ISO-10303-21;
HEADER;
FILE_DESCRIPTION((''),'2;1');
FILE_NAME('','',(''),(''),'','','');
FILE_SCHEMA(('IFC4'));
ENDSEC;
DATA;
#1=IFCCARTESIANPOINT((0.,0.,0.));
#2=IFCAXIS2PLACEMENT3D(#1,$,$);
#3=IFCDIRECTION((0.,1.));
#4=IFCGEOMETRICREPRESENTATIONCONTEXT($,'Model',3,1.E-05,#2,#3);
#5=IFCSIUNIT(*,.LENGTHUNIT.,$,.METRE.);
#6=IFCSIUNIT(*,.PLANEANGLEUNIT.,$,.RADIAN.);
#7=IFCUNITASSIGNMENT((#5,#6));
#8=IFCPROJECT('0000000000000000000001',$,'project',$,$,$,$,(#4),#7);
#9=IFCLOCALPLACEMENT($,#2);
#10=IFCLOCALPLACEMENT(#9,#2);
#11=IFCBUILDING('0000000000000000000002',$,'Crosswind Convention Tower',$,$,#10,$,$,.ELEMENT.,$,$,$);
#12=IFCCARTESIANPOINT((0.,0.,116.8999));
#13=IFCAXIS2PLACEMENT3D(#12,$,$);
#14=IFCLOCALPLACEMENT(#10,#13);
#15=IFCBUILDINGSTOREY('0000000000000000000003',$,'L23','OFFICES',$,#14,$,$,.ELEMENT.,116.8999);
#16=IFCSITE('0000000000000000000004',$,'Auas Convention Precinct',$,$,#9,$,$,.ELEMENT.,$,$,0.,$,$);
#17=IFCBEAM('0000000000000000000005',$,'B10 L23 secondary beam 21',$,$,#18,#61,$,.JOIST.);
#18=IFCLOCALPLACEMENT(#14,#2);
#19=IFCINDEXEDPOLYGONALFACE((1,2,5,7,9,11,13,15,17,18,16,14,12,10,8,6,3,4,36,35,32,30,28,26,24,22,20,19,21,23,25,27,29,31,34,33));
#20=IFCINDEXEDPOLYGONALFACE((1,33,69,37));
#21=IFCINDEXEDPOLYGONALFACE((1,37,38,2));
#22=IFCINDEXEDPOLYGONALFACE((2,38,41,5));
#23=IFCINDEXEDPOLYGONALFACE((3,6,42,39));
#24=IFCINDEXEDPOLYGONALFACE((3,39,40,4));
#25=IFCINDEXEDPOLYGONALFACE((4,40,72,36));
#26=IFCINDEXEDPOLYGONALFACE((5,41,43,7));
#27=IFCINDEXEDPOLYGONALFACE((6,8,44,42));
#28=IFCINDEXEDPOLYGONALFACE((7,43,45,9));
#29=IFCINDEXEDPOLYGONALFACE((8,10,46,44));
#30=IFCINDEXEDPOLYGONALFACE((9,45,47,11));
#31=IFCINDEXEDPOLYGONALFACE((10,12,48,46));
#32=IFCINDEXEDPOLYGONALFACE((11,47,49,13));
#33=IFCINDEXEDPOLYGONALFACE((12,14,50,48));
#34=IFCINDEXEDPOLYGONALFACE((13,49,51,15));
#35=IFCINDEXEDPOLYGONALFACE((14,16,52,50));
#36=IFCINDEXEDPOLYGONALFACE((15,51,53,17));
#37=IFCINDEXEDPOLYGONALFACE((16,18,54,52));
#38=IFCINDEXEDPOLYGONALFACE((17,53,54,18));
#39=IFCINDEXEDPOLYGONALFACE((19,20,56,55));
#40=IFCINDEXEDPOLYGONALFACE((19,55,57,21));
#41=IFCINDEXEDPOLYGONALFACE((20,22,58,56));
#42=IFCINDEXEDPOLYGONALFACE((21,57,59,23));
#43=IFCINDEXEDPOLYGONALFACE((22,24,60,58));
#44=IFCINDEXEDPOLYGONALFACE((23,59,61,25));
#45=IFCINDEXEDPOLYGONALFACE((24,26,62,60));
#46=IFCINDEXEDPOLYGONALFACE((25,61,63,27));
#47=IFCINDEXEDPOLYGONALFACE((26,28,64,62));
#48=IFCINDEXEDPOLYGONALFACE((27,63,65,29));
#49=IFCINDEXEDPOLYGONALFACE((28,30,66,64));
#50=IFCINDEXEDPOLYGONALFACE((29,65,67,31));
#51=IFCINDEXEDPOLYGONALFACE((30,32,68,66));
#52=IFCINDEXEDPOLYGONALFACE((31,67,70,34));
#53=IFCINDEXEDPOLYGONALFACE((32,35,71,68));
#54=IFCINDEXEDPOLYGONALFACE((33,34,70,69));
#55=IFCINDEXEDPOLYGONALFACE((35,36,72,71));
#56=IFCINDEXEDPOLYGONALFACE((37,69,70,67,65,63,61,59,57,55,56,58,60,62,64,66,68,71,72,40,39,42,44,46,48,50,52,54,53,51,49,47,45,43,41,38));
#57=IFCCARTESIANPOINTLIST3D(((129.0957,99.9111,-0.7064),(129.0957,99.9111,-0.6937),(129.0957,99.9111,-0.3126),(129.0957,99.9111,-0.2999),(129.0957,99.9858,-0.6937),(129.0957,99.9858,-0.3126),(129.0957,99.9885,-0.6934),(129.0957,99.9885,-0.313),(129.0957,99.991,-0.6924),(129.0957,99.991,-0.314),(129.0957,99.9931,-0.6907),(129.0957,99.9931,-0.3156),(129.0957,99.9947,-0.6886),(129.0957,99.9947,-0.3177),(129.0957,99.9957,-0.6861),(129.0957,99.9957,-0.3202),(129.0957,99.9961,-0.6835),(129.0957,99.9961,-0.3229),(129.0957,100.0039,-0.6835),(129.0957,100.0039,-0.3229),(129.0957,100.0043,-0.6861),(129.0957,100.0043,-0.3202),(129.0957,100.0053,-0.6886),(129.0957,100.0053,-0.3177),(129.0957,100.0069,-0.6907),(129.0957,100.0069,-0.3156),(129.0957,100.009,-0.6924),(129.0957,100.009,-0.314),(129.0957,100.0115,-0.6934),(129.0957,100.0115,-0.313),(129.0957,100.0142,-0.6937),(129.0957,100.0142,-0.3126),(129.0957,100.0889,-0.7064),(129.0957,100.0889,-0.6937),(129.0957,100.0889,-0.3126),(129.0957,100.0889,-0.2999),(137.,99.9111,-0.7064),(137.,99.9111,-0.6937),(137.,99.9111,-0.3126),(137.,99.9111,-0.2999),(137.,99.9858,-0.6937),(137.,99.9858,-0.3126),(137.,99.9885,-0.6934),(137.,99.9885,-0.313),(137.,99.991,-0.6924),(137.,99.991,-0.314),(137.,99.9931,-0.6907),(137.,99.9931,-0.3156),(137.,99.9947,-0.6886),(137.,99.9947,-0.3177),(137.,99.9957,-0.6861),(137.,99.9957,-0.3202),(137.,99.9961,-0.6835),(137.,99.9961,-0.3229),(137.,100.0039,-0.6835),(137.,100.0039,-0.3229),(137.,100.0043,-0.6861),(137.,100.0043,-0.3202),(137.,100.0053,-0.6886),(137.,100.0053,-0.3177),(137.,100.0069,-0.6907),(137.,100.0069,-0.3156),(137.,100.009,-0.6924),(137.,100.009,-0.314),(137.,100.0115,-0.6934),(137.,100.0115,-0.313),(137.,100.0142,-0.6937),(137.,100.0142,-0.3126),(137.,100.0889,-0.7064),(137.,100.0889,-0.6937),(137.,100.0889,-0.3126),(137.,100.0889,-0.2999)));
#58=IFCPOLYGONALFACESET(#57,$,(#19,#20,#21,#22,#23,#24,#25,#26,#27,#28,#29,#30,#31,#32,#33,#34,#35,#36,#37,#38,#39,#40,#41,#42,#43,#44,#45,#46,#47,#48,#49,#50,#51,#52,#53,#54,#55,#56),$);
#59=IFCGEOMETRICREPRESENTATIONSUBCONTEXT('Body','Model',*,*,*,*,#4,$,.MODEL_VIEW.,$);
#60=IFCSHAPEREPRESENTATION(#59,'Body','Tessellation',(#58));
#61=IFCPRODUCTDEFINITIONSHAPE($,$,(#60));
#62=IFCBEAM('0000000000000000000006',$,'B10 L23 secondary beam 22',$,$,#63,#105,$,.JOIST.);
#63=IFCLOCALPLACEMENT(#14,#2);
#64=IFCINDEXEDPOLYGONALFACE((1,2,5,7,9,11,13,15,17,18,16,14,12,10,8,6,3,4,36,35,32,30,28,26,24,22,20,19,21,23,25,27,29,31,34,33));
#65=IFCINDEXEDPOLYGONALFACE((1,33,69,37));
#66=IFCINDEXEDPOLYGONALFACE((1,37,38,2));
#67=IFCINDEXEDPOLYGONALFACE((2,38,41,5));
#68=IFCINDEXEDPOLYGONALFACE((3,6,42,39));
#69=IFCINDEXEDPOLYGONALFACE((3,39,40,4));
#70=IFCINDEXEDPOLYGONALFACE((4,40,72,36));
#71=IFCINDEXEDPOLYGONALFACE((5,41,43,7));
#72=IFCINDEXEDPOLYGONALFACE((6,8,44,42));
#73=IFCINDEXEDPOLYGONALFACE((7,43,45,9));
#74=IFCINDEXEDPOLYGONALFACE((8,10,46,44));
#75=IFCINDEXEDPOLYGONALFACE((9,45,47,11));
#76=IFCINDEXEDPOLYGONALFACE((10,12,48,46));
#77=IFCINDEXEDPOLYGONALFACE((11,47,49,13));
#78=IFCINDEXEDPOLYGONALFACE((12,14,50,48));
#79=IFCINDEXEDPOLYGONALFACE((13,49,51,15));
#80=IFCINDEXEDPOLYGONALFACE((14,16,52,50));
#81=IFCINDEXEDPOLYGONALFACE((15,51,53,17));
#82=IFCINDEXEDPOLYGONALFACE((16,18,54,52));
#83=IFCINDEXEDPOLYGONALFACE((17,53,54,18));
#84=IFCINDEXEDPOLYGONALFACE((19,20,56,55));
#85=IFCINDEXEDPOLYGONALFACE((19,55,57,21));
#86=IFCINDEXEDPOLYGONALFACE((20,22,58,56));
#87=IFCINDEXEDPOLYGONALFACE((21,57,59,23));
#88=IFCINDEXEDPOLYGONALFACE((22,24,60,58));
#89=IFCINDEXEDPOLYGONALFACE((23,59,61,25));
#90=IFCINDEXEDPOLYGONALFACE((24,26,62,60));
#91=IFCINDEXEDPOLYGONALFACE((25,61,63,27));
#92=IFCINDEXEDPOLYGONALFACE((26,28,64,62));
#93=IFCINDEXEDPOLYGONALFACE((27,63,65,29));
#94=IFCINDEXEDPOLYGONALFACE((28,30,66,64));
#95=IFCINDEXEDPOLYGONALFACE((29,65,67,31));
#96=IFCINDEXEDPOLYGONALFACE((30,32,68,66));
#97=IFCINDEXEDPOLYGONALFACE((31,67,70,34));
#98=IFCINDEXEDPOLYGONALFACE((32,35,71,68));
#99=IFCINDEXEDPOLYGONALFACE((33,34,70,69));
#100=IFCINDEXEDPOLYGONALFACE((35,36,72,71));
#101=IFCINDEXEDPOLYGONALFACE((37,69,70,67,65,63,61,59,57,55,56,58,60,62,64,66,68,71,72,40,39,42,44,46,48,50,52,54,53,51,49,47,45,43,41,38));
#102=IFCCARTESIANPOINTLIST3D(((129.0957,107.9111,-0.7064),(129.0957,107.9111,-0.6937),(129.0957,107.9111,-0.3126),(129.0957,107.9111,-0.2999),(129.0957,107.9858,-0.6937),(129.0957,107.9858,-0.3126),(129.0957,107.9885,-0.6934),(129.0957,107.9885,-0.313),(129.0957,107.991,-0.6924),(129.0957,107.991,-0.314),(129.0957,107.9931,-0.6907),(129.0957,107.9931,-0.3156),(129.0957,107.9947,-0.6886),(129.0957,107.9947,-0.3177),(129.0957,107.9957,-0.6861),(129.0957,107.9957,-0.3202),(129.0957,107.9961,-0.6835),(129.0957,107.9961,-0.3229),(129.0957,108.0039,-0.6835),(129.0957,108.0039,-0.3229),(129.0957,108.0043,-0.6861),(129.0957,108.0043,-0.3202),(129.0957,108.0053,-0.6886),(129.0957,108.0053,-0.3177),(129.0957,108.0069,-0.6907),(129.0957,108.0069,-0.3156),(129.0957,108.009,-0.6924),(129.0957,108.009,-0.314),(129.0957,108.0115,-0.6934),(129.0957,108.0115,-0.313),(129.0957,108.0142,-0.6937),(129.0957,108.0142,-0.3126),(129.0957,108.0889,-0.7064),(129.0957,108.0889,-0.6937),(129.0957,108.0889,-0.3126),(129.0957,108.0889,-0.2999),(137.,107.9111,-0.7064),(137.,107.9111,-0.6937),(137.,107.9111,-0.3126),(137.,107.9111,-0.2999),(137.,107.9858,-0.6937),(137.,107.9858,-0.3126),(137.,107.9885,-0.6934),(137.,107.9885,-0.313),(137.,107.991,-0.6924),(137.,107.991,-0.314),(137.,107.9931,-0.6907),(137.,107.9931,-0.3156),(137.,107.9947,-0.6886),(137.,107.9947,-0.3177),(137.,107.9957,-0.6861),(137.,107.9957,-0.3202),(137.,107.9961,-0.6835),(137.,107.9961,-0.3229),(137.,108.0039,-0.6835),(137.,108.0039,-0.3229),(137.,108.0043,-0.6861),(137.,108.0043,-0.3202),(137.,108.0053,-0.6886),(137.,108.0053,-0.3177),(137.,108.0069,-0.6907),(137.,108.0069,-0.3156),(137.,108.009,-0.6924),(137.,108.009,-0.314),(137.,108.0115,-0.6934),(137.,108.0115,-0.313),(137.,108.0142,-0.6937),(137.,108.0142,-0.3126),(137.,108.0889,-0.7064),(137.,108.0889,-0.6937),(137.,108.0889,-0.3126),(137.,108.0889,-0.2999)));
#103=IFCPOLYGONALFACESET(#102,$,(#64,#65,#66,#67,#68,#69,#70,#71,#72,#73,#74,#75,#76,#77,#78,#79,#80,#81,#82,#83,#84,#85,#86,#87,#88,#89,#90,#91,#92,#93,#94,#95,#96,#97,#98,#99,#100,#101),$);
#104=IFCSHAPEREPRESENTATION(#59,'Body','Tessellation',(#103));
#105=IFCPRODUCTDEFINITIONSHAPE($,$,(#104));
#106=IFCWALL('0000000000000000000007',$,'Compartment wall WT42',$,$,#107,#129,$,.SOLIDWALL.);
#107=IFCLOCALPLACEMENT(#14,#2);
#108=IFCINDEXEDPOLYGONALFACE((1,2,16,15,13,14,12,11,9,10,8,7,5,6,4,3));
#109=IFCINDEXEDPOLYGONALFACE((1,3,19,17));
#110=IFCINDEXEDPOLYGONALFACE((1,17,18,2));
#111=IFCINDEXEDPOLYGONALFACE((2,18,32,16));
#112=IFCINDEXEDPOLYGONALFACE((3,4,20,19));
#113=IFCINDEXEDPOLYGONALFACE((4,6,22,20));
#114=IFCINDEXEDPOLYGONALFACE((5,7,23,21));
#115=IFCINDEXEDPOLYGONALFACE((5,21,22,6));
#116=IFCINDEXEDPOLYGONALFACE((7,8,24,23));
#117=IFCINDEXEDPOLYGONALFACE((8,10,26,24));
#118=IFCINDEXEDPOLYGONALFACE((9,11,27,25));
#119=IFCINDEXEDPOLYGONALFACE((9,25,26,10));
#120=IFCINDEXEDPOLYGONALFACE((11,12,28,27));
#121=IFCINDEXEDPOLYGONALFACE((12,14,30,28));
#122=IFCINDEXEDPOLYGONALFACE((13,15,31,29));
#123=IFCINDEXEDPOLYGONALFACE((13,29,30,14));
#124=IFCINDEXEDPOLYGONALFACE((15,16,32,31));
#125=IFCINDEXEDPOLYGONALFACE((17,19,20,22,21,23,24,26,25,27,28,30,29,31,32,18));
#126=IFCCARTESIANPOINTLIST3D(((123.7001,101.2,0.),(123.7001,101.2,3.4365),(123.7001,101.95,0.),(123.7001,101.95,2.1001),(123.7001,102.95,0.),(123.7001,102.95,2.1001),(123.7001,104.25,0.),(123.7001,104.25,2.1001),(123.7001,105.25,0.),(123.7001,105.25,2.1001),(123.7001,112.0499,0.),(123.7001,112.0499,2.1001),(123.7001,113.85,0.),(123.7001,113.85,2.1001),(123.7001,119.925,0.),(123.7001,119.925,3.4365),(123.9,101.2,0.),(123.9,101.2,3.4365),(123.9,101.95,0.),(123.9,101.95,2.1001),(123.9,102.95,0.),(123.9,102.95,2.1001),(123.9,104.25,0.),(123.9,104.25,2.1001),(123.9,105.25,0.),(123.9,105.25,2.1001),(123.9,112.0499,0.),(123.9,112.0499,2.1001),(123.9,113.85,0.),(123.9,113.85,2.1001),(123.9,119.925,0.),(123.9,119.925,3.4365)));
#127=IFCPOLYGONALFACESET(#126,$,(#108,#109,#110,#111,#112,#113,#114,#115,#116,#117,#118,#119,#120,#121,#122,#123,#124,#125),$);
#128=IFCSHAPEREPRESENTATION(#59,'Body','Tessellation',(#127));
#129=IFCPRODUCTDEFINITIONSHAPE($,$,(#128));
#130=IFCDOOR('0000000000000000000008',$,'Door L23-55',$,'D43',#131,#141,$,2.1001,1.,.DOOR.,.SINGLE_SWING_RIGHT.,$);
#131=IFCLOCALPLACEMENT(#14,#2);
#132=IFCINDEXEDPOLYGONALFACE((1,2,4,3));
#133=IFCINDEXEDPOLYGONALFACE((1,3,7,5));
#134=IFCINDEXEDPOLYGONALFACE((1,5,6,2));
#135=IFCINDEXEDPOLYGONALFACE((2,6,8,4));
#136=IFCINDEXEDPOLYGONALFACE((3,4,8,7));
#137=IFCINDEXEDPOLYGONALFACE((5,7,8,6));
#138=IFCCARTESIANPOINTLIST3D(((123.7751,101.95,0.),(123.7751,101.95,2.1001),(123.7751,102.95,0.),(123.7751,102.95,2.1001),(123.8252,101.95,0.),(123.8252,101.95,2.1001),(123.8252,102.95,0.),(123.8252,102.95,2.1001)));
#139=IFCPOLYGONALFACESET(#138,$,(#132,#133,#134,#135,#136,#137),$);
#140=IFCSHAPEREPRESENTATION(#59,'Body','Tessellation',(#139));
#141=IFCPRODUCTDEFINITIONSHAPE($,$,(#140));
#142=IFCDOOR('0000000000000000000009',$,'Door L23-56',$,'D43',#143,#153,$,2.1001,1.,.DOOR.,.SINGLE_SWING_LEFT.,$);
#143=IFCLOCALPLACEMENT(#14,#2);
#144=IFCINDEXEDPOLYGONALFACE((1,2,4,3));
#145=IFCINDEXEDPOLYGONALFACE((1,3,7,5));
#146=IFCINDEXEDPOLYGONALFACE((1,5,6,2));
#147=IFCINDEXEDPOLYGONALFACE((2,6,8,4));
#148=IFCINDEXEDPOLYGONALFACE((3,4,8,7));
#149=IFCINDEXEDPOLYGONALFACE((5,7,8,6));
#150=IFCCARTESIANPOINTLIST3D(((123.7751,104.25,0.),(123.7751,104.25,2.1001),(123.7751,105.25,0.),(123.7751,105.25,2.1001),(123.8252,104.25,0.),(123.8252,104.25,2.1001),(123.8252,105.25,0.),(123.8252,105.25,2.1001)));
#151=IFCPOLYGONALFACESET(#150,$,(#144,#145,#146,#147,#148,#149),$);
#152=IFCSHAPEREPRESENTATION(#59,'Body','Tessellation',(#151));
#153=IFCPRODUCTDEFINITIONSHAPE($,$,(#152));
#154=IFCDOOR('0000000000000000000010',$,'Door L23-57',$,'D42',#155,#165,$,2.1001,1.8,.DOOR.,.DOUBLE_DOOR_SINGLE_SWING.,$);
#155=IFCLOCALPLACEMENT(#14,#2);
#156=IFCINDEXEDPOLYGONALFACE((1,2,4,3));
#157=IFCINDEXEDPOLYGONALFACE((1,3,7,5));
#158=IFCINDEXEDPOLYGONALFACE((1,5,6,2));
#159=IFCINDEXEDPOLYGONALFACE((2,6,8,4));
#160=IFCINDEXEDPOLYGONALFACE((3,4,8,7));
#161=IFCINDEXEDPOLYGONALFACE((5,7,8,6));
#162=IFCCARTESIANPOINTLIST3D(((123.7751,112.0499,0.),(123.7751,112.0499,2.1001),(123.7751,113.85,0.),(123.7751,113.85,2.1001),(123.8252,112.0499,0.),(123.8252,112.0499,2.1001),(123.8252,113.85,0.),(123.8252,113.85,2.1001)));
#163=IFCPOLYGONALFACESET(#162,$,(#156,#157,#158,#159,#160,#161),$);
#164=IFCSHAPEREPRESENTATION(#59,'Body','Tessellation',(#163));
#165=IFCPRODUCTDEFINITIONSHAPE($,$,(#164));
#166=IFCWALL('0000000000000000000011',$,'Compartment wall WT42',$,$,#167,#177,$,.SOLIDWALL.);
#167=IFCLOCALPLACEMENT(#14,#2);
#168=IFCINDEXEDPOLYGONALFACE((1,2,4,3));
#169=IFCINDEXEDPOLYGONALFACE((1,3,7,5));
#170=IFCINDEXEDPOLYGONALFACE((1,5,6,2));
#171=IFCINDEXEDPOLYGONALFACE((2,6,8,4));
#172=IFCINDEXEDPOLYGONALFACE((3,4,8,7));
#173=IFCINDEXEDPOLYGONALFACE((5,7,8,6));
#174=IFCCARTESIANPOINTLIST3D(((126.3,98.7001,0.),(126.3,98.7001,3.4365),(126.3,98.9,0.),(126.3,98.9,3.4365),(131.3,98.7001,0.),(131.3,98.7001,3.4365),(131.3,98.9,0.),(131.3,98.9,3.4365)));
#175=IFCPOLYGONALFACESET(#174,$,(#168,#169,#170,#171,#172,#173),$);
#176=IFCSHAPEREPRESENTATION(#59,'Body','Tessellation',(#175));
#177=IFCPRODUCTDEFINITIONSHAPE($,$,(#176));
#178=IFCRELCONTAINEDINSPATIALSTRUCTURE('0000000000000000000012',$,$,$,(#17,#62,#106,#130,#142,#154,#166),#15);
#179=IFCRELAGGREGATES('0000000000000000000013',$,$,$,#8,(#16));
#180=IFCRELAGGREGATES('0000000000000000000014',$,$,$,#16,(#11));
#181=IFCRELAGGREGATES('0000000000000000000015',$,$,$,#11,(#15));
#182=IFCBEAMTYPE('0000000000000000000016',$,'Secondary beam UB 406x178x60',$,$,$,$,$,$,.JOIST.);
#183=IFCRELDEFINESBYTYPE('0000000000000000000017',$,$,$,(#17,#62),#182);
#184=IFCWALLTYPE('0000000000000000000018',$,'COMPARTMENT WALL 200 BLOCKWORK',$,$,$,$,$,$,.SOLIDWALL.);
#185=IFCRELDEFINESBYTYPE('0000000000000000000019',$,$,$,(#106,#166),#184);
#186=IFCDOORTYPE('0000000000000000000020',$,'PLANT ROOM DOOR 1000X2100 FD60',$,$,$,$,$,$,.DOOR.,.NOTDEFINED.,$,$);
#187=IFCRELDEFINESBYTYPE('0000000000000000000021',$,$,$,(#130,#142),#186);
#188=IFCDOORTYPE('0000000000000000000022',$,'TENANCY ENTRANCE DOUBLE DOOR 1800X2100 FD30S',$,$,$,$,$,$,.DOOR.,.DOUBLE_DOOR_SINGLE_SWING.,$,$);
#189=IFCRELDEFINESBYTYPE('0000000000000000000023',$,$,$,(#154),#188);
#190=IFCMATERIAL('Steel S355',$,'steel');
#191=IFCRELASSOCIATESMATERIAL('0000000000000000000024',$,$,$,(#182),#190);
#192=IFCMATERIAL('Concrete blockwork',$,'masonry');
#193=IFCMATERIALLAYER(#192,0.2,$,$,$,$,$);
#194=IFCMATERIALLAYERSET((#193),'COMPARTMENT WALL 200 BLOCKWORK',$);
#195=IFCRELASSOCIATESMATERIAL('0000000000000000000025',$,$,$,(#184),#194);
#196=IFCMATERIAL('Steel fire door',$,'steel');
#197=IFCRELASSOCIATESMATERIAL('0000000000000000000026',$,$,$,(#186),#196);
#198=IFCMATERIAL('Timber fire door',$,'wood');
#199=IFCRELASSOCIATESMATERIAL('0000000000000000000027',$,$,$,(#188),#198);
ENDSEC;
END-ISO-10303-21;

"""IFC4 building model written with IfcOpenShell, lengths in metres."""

from ifc_helpers import new_model, si_unit, direction, frame, frame_2d, origin, origin_2d, place, context, subcontext, project, spatial, rectangle, i_section, extrude, material, layer, layer_set, material_profile, profile_set, type_object, element, fill, save


model = new_model("IFC4")

# Units and contexts
model_context = context("Model", 3, precision=1e-05, world=origin(), true_north=direction((0.0, 1.0)))
body_context = subcontext(model_context, "Body", "Model", "MODEL_VIEW")
ifc_project = project(units=[si_unit("LENGTHUNIT", "METRE"), si_unit("PLANEANGLEUNIT", "RADIAN")], contexts=[model_context])

# Site, building, storey
site_placement = place(None, origin())
site = spatial("IfcSite", under=ifc_project, at=site_placement, Name="Auas Convention Precinct", CompositionType="ELEMENT", RefElevation=0.0)
building_placement = place(site_placement, origin())
building = spatial("IfcBuilding", under=site, at=building_placement, Name="Crosswind Convention Tower", CompositionType="ELEMENT")
storey_placement = place(building_placement, frame((0.0, 0.0, 116.8999)))
storey = spatial("IfcBuildingStorey", under=building, at=storey_placement, Name="L23", Description="OFFICES", CompositionType="ELEMENT", Elevation=116.8999)

# Beams
ifc_material_1 = material(Name="Steel S355", Category="steel")
ifc_material_profile_1 = material_profile(ifc_material_1, i_section(OverallWidth=0.1777, OverallDepth=0.4065, WebThickness=0.0078, FlangeThickness=0.0127, FilletRadius=0.0103, at=origin_2d()), Name="UB 406x178x60")
ifc_profile_set_1 = profile_set([ifc_material_profile_1], Name="Steel S355")
beam_type_1 = type_object("IfcBeamType", Name="Secondary beam UB 406x178x60", PredefinedType="JOIST", material=ifc_profile_set_1)
for number, where, z_axis, x_axis, name in (
    (1, (129.0957, 100.0, -0.5032), (1.0, 0.0, 0.0), (0.0, 1.0, 0.0), "B10 L23 secondary beam 21"),
    (2, (129.0957, 108.0, -0.5032), (1.0, 0.0, 0.0), (0.0, 1.0, 0.0), "B10 L23 secondary beam 22"),
):
    element("IfcBeam", number, at=place(storey_placement, frame(where, z_axis=z_axis, x_axis=x_axis)), inside=storey, type_object=beam_type_1, Name=name, PredefinedType="JOIST", context=body_context, shape_type="SweptSolid", body=[
        extrude(i_section(OverallWidth=0.1777, OverallDepth=0.4065, WebThickness=0.0078, FlangeThickness=0.0127, FilletRadius=0.0103, at=origin_2d()), origin(), (0.0, 0.0, 1.0), 7.9043),
    ])

# Wall, openings, doors
ifc_material_2 = material(Name="Concrete blockwork", Category="masonry")
ifc_layer_1 = layer(ifc_material_2, 0.2)
ifc_layer_set_1 = layer_set([ifc_layer_1], Name="COMPARTMENT WALL 200 BLOCKWORK")
wall_type_1 = type_object("IfcWallType", Name="COMPARTMENT WALL 200 BLOCKWORK", PredefinedType="SOLIDWALL", material=ifc_layer_set_1)
wall_1_placement = place(storey_placement, frame((123.8, 101.2, 0.0), z_axis=(0.0, 0.0, 1.0), x_axis=(0.0, 1.0, 0.0)))
wall_1 = element("IfcWall", 3, at=wall_1_placement, inside=storey, type_object=wall_type_1, Name="Compartment wall WT42", PredefinedType="SOLIDWALL", context=body_context, shape_type="SweptSolid", body=[
    extrude(rectangle(XDim=18.7251, YDim=0.2, at=frame_2d((9.3625, 0.0))), origin(), (0.0, 0.0, 1.0), 3.4365),
])
opening_1_placement = place(wall_1_placement, frame((0.75, 0.0, 0.0)))
opening_1 = element("IfcOpeningElement", 4, at=opening_1_placement, cuts=wall_1, PredefinedType="OPENING", context=body_context, shape_type="SweptSolid", body=[
    extrude(rectangle(XDim=1.0, YDim=2.1001, at=frame_2d((0.5, 1.05))), frame((0.0, 0.1099, 0.0), z_axis=(0.0, -1.0, 0.0), x_axis=(1.0, 0.0, 0.0)), (0.0, 0.0, 1.0), 0.22),
])
opening_2_placement = place(wall_1_placement, frame((3.05, 0.0, 0.0)))
opening_2 = element("IfcOpeningElement", 5, at=opening_2_placement, cuts=wall_1, PredefinedType="OPENING", context=body_context, shape_type="SweptSolid", body=[
    extrude(rectangle(XDim=1.0, YDim=2.1001, at=frame_2d((0.5, 1.05))), frame((0.0, 0.1099, 0.0), z_axis=(0.0, -1.0, 0.0), x_axis=(1.0, 0.0, 0.0)), (0.0, 0.0, 1.0), 0.22),
])
opening_3_placement = place(wall_1_placement, frame((10.8501, 0.0, 0.0)))
opening_3 = element("IfcOpeningElement", 6, at=opening_3_placement, cuts=wall_1, PredefinedType="OPENING", context=body_context, shape_type="SweptSolid", body=[
    extrude(rectangle(XDim=1.8, YDim=2.1001, at=frame_2d((0.8999, 1.05))), frame((0.0, 0.1099, 0.0), z_axis=(0.0, -1.0, 0.0), x_axis=(1.0, 0.0, 0.0)), (0.0, 0.0, 1.0), 0.22),
])
ifc_material_3 = material(Name="Steel fire door", Category="steel")
door_type_1 = type_object("IfcDoorType", Name="PLANT ROOM DOOR 1000X2100 FD60", OperationType="NOTDEFINED", PredefinedType="DOOR", material=ifc_material_3)
door_1_placement = place(opening_1_placement, origin())
door_1 = element("IfcDoor", 7, at=door_1_placement, inside=storey, type_object=door_type_1, Name="Door L23-55", ObjectType="D43", OperationType="SINGLE_SWING_RIGHT", OverallHeight=2.1001, OverallWidth=1.0, PredefinedType="DOOR", context=body_context, shape_type="SweptSolid", body=[
    extrude(rectangle(XDim=1.0, YDim=2.1001, at=frame_2d((0.5, 1.05))), frame((0.0, 0.0249, 0.0), z_axis=(0.0, -1.0, 0.0), x_axis=(1.0, 0.0, 0.0)), (0.0, 0.0, 1.0), 0.05),
])
fill(opening_1, door_1)
door_2_placement = place(opening_2_placement, origin())
door_2 = element("IfcDoor", 8, at=door_2_placement, inside=storey, type_object=door_type_1, Name="Door L23-56", ObjectType="D43", OperationType="SINGLE_SWING_LEFT", OverallHeight=2.1001, OverallWidth=1.0, PredefinedType="DOOR", context=body_context, shape_type="SweptSolid", body=[
    extrude(rectangle(XDim=1.0, YDim=2.1001, at=frame_2d((0.5, 1.05))), frame((0.0, 0.0249, 0.0), z_axis=(0.0, -1.0, 0.0), x_axis=(1.0, 0.0, 0.0)), (0.0, 0.0, 1.0), 0.05),
])
fill(opening_2, door_2)
ifc_material_4 = material(Name="Timber fire door", Category="wood")
door_type_2 = type_object("IfcDoorType", Name="TENANCY ENTRANCE DOUBLE DOOR 1800X2100 FD30S", OperationType="DOUBLE_DOOR_SINGLE_SWING", PredefinedType="DOOR", material=ifc_material_4)
door_3_placement = place(opening_3_placement, origin())
door_3 = element("IfcDoor", 9, at=door_3_placement, inside=storey, type_object=door_type_2, Name="Door L23-57", ObjectType="D42", OperationType="DOUBLE_DOOR_SINGLE_SWING", OverallHeight=2.1001, OverallWidth=1.8, PredefinedType="DOOR", context=body_context, shape_type="SweptSolid", body=[
    extrude(rectangle(XDim=1.8, YDim=2.1001, at=frame_2d((0.8999, 1.05))), frame((0.0, 0.0249, 0.0), z_axis=(0.0, -1.0, 0.0), x_axis=(1.0, 0.0, 0.0)), (0.0, 0.0, 1.0), 0.05),
])
fill(opening_3, door_3)

# Wall
wall_2_placement = place(storey_placement, frame((126.3, 98.8, 0.0), z_axis=(0.0, 0.0, 1.0), x_axis=(1.0, 0.0, 0.0)))
element("IfcWall", 10, at=wall_2_placement, inside=storey, type_object=wall_type_1, Name="Compartment wall WT42", PredefinedType="SOLIDWALL", context=body_context, shape_type="SweptSolid", body=[
    extrude(rectangle(XDim=5.0, YDim=0.2, at=frame_2d((2.5, 0.0))), origin(), (0.0, 0.0, 1.0), 3.4365),
])

save(model, "model.ifc")
